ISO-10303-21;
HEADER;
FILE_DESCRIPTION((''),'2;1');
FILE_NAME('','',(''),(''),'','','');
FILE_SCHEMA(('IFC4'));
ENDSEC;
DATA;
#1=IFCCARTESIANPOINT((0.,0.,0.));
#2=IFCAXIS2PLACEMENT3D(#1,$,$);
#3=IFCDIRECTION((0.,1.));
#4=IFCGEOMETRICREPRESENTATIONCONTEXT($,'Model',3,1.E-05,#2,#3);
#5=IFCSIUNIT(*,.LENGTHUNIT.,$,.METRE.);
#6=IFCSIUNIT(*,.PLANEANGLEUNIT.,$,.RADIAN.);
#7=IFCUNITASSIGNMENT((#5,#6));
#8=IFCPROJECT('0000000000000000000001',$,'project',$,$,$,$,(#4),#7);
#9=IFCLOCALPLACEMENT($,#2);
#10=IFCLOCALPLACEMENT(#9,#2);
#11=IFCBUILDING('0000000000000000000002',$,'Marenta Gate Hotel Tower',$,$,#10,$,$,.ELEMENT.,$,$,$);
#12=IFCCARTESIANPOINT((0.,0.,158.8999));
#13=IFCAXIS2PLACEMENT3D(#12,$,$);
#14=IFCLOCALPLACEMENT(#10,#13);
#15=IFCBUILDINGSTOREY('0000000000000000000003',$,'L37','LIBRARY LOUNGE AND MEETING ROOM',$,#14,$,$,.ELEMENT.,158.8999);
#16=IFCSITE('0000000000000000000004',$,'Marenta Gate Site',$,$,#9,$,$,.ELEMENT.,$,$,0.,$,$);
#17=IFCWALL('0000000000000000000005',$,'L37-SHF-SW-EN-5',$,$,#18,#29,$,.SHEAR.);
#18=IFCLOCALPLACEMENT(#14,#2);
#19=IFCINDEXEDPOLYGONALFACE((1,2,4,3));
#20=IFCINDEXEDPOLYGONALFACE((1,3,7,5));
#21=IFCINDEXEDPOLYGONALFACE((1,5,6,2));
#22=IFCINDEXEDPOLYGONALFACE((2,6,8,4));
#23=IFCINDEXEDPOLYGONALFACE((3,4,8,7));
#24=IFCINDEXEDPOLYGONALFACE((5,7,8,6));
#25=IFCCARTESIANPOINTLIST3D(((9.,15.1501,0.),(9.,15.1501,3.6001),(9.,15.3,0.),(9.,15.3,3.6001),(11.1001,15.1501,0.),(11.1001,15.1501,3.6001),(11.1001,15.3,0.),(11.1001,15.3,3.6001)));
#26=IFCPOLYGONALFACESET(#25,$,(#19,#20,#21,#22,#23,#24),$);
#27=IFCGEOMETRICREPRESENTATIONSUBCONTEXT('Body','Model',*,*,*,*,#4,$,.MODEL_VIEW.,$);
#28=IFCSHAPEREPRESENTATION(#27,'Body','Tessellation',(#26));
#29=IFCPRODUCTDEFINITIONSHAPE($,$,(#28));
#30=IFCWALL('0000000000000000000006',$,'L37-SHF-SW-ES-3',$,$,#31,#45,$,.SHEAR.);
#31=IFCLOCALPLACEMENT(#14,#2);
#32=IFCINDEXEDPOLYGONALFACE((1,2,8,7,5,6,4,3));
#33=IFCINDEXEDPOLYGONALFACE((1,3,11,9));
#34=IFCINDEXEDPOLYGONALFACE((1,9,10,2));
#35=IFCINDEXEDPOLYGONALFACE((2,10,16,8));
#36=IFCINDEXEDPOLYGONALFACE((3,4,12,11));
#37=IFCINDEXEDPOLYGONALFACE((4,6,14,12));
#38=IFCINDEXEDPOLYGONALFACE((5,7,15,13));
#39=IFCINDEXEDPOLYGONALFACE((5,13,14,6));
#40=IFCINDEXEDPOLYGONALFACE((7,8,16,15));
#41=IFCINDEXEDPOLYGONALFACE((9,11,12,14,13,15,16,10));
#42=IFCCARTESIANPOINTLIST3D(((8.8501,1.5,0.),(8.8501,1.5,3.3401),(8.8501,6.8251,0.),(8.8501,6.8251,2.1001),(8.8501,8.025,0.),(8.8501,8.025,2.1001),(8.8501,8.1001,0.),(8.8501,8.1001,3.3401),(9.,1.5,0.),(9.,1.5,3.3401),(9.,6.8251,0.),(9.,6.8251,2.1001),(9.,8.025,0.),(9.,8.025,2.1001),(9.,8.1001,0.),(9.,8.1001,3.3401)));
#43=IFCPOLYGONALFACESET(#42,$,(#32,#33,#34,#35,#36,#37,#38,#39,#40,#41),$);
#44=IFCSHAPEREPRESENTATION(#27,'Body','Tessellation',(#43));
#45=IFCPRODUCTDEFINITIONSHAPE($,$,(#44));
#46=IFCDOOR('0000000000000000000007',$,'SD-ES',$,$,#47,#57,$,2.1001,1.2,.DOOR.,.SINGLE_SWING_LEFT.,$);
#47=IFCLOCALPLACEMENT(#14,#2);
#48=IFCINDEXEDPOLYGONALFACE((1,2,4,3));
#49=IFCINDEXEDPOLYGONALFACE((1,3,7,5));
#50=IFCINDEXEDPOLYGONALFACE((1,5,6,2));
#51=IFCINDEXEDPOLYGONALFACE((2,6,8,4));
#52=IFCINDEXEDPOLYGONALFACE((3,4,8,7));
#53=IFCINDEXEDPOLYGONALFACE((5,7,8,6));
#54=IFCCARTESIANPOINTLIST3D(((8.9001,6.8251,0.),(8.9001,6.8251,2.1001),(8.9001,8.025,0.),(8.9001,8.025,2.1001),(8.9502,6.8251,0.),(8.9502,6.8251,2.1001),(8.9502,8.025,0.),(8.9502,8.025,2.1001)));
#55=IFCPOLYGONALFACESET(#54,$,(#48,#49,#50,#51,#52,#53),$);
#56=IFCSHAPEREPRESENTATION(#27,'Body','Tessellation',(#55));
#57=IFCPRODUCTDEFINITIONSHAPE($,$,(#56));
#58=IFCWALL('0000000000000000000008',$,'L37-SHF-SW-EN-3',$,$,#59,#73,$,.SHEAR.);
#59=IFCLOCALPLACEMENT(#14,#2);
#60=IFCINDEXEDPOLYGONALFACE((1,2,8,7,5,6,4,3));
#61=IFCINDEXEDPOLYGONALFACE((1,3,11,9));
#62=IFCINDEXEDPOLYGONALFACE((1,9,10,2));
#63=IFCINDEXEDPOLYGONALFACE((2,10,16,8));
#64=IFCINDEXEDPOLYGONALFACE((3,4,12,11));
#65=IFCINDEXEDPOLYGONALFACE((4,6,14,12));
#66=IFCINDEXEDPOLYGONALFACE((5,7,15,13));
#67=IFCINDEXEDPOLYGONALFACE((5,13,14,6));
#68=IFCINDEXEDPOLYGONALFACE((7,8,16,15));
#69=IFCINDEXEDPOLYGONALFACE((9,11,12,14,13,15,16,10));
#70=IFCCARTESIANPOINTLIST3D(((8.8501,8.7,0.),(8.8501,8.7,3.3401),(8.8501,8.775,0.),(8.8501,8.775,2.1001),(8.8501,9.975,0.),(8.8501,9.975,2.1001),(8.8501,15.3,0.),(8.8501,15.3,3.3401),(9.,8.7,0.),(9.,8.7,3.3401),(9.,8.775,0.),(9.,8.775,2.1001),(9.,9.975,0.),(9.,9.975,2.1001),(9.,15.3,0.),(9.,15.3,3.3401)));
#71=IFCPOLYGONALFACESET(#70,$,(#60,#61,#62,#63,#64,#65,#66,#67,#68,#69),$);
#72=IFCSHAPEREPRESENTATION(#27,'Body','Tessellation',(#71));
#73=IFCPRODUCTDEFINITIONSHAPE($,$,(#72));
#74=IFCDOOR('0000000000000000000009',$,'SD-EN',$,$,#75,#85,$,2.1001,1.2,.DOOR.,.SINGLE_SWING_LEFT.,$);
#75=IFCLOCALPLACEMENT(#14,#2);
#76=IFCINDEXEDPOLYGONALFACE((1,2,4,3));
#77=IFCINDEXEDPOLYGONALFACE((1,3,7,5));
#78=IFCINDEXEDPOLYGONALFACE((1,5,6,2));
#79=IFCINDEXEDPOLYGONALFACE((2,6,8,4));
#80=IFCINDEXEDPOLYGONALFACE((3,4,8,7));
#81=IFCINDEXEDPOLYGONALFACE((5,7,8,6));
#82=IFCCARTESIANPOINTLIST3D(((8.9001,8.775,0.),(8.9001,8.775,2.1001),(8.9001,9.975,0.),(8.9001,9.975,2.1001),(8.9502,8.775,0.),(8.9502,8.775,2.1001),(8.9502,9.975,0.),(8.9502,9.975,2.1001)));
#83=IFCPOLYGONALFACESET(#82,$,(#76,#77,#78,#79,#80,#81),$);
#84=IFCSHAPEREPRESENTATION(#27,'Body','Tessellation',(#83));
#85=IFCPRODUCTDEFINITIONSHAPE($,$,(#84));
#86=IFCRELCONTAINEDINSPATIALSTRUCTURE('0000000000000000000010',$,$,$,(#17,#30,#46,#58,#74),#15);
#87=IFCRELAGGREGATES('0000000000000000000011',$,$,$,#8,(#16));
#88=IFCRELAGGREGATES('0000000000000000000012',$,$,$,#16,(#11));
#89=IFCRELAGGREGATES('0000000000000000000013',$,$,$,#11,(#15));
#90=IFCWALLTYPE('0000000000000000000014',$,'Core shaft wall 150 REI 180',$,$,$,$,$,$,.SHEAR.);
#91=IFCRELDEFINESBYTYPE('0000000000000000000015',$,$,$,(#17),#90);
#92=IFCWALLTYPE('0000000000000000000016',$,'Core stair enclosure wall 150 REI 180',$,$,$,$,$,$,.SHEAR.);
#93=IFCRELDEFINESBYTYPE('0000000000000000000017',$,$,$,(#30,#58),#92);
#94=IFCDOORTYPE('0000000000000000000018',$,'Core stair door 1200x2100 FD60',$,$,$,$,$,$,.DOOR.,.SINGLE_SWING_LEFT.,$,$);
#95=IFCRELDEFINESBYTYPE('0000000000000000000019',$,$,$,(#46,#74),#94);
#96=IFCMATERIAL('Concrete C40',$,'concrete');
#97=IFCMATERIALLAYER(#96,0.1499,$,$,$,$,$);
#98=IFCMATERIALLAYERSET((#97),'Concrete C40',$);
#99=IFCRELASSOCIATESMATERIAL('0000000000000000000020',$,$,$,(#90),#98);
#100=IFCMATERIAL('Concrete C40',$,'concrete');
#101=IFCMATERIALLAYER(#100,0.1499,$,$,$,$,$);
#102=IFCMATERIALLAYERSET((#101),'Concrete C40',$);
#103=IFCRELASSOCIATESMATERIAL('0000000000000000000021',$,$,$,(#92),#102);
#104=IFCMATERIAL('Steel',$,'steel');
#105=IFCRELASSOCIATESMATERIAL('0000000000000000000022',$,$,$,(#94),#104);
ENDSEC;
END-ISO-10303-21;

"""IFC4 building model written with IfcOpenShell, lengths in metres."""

from ifc_helpers import new_model, si_unit, direction, frame, frame_2d, origin, place, context, subcontext, project, spatial, rectangle, extrude, material, layer, layer_set, type_object, element, fill, save


model = new_model("IFC4")

# Units and contexts
model_context = context("Model", 3, precision=1e-05, world=origin(), true_north=direction((0.0, 1.0)))
body_context = subcontext(model_context, "Body", "Model", "MODEL_VIEW")
ifc_project = project(units=[si_unit("LENGTHUNIT", "METRE"), si_unit("PLANEANGLEUNIT", "RADIAN")], contexts=[model_context])

# Site, building, storey
site_placement = place(None, origin())
site = spatial("IfcSite", under=ifc_project, at=site_placement, Name="Marenta Gate Site", CompositionType="ELEMENT", RefElevation=0.0)
building_placement = place(site_placement, origin())
building = spatial("IfcBuilding", under=site, at=building_placement, Name="Marenta Gate Hotel Tower", CompositionType="ELEMENT")
storey_placement = place(building_placement, frame((0.0, 0.0, 158.8999)))
storey = spatial("IfcBuildingStorey", under=building, at=storey_placement, Name="L37", Description="LIBRARY LOUNGE AND MEETING ROOM", CompositionType="ELEMENT", Elevation=158.8999)

# Wall
ifc_material_1 = material(Name="Concrete C40", Category="concrete")
ifc_layer_1 = layer(ifc_material_1, 0.1499)
ifc_layer_set_1 = layer_set([ifc_layer_1], Name="Concrete C40")
wall_type_1 = type_object("IfcWallType", Name="Core shaft wall 150 REI 180", PredefinedType="SHEAR", material=ifc_layer_set_1)
for number, where, z_axis, x_axis, name in (
    (1, (9.0, 15.2251, 0.0), (0.0, 0.0, 1.0), (1.0, 0.0, 0.0), "L37-SHF-SW-EN-5"),
):
    element("IfcWall", number, at=place(storey_placement, frame(where, z_axis=z_axis, x_axis=x_axis)), inside=storey, type_object=wall_type_1, Name=name, PredefinedType="SHEAR", context=body_context, shape_type="SweptSolid", body=[
        extrude(rectangle(XDim=2.1001, YDim=0.1499, at=frame_2d((1.05, 0.0))), origin(), (0.0, 0.0, 1.0), 3.6001),
    ])

# Walls, openings, doors
ifc_material_2 = material(Name="Concrete C40", Category="concrete")
ifc_layer_2 = layer(ifc_material_2, 0.1499)
ifc_layer_set_2 = layer_set([ifc_layer_2], Name="Concrete C40")
wall_type_2 = type_object("IfcWallType", Name="Core stair enclosure wall 150 REI 180", PredefinedType="SHEAR", material=ifc_layer_set_2)
wall_1_placement = place(storey_placement, frame((8.925, 1.5, 0.0), z_axis=(0.0, 0.0, 1.0), x_axis=(0.0, 1.0, 0.0)))
wall_1 = element("IfcWall", 2, at=wall_1_placement, inside=storey, type_object=wall_type_2, Name="L37-SHF-SW-ES-3", PredefinedType="SHEAR", context=body_context, shape_type="SweptSolid", body=[
    extrude(rectangle(XDim=6.6001, YDim=0.1499, at=frame_2d((3.3, 0.0))), origin(), (0.0, 0.0, 1.0), 3.3401),
])
opening_1_placement = place(wall_1_placement, frame((5.325, 0.0, 0.0)))
opening_1 = element("IfcOpeningElement", 3, at=opening_1_placement, cuts=wall_1, PredefinedType="OPENING", context=body_context, shape_type="SweptSolid", body=[
    extrude(rectangle(XDim=1.2, YDim=2.1001, at=frame_2d((0.6001, 1.05))), frame((0.0, 0.075, 0.0), z_axis=(0.0, -1.0, 0.0), x_axis=(1.0, 0.0, 0.0)), (0.0, 0.0, 1.0), 0.1499),
])
ifc_material_3 = material(Name="Steel", Category="steel")
door_type_1 = type_object("IfcDoorType", Name="Core stair door 1200x2100 FD60", OperationType="SINGLE_SWING_LEFT", PredefinedType="DOOR", material=ifc_material_3)
door_1_placement = place(opening_1_placement, origin())
door_1 = element("IfcDoor", 4, at=door_1_placement, inside=storey, type_object=door_type_1, Name="SD-ES", OperationType="SINGLE_SWING_LEFT", OverallHeight=2.1001, OverallWidth=1.2, PredefinedType="DOOR", context=body_context, shape_type="SweptSolid", body=[
    extrude(rectangle(XDim=1.2, YDim=2.1001, at=frame_2d((0.6001, 1.05))), frame((0.0, 0.0249, 0.0), z_axis=(0.0, -1.0, 0.0), x_axis=(1.0, 0.0, 0.0)), (0.0, 0.0, 1.0), 0.05),
])
fill(opening_1, door_1)
wall_2_placement = place(storey_placement, frame((8.925, 8.7, 0.0), z_axis=(0.0, 0.0, 1.0), x_axis=(0.0, 1.0, 0.0)))
wall_2 = element("IfcWall", 5, at=wall_2_placement, inside=storey, type_object=wall_type_2, Name="L37-SHF-SW-EN-3", PredefinedType="SHEAR", context=body_context, shape_type="SweptSolid", body=[
    extrude(rectangle(XDim=6.6001, YDim=0.1499, at=frame_2d((3.3, 0.0))), origin(), (0.0, 0.0, 1.0), 3.3401),
])
opening_2_placement = place(wall_2_placement, frame((0.075, 0.0, 0.0)))
opening_2 = element("IfcOpeningElement", 6, at=opening_2_placement, cuts=wall_2, PredefinedType="OPENING", context=body_context, shape_type="SweptSolid", body=[
    extrude(rectangle(XDim=1.2, YDim=2.1001, at=frame_2d((0.6001, 1.05))), frame((0.0, 0.075, 0.0), z_axis=(0.0, -1.0, 0.0), x_axis=(1.0, 0.0, 0.0)), (0.0, 0.0, 1.0), 0.1499),
])
door_2_placement = place(opening_2_placement, origin())
door_2 = element("IfcDoor", 7, at=door_2_placement, inside=storey, type_object=door_type_1, Name="SD-EN", OperationType="SINGLE_SWING_LEFT", OverallHeight=2.1001, OverallWidth=1.2, PredefinedType="DOOR", context=body_context, shape_type="SweptSolid", body=[
    extrude(rectangle(XDim=1.2, YDim=2.1001, at=frame_2d((0.6001, 1.05))), frame((0.0, 0.0249, 0.0), z_axis=(0.0, -1.0, 0.0), x_axis=(1.0, 0.0, 0.0)), (0.0, 0.0, 1.0), 0.05),
])
fill(opening_2, door_2)

save(model, "model.ifc")
